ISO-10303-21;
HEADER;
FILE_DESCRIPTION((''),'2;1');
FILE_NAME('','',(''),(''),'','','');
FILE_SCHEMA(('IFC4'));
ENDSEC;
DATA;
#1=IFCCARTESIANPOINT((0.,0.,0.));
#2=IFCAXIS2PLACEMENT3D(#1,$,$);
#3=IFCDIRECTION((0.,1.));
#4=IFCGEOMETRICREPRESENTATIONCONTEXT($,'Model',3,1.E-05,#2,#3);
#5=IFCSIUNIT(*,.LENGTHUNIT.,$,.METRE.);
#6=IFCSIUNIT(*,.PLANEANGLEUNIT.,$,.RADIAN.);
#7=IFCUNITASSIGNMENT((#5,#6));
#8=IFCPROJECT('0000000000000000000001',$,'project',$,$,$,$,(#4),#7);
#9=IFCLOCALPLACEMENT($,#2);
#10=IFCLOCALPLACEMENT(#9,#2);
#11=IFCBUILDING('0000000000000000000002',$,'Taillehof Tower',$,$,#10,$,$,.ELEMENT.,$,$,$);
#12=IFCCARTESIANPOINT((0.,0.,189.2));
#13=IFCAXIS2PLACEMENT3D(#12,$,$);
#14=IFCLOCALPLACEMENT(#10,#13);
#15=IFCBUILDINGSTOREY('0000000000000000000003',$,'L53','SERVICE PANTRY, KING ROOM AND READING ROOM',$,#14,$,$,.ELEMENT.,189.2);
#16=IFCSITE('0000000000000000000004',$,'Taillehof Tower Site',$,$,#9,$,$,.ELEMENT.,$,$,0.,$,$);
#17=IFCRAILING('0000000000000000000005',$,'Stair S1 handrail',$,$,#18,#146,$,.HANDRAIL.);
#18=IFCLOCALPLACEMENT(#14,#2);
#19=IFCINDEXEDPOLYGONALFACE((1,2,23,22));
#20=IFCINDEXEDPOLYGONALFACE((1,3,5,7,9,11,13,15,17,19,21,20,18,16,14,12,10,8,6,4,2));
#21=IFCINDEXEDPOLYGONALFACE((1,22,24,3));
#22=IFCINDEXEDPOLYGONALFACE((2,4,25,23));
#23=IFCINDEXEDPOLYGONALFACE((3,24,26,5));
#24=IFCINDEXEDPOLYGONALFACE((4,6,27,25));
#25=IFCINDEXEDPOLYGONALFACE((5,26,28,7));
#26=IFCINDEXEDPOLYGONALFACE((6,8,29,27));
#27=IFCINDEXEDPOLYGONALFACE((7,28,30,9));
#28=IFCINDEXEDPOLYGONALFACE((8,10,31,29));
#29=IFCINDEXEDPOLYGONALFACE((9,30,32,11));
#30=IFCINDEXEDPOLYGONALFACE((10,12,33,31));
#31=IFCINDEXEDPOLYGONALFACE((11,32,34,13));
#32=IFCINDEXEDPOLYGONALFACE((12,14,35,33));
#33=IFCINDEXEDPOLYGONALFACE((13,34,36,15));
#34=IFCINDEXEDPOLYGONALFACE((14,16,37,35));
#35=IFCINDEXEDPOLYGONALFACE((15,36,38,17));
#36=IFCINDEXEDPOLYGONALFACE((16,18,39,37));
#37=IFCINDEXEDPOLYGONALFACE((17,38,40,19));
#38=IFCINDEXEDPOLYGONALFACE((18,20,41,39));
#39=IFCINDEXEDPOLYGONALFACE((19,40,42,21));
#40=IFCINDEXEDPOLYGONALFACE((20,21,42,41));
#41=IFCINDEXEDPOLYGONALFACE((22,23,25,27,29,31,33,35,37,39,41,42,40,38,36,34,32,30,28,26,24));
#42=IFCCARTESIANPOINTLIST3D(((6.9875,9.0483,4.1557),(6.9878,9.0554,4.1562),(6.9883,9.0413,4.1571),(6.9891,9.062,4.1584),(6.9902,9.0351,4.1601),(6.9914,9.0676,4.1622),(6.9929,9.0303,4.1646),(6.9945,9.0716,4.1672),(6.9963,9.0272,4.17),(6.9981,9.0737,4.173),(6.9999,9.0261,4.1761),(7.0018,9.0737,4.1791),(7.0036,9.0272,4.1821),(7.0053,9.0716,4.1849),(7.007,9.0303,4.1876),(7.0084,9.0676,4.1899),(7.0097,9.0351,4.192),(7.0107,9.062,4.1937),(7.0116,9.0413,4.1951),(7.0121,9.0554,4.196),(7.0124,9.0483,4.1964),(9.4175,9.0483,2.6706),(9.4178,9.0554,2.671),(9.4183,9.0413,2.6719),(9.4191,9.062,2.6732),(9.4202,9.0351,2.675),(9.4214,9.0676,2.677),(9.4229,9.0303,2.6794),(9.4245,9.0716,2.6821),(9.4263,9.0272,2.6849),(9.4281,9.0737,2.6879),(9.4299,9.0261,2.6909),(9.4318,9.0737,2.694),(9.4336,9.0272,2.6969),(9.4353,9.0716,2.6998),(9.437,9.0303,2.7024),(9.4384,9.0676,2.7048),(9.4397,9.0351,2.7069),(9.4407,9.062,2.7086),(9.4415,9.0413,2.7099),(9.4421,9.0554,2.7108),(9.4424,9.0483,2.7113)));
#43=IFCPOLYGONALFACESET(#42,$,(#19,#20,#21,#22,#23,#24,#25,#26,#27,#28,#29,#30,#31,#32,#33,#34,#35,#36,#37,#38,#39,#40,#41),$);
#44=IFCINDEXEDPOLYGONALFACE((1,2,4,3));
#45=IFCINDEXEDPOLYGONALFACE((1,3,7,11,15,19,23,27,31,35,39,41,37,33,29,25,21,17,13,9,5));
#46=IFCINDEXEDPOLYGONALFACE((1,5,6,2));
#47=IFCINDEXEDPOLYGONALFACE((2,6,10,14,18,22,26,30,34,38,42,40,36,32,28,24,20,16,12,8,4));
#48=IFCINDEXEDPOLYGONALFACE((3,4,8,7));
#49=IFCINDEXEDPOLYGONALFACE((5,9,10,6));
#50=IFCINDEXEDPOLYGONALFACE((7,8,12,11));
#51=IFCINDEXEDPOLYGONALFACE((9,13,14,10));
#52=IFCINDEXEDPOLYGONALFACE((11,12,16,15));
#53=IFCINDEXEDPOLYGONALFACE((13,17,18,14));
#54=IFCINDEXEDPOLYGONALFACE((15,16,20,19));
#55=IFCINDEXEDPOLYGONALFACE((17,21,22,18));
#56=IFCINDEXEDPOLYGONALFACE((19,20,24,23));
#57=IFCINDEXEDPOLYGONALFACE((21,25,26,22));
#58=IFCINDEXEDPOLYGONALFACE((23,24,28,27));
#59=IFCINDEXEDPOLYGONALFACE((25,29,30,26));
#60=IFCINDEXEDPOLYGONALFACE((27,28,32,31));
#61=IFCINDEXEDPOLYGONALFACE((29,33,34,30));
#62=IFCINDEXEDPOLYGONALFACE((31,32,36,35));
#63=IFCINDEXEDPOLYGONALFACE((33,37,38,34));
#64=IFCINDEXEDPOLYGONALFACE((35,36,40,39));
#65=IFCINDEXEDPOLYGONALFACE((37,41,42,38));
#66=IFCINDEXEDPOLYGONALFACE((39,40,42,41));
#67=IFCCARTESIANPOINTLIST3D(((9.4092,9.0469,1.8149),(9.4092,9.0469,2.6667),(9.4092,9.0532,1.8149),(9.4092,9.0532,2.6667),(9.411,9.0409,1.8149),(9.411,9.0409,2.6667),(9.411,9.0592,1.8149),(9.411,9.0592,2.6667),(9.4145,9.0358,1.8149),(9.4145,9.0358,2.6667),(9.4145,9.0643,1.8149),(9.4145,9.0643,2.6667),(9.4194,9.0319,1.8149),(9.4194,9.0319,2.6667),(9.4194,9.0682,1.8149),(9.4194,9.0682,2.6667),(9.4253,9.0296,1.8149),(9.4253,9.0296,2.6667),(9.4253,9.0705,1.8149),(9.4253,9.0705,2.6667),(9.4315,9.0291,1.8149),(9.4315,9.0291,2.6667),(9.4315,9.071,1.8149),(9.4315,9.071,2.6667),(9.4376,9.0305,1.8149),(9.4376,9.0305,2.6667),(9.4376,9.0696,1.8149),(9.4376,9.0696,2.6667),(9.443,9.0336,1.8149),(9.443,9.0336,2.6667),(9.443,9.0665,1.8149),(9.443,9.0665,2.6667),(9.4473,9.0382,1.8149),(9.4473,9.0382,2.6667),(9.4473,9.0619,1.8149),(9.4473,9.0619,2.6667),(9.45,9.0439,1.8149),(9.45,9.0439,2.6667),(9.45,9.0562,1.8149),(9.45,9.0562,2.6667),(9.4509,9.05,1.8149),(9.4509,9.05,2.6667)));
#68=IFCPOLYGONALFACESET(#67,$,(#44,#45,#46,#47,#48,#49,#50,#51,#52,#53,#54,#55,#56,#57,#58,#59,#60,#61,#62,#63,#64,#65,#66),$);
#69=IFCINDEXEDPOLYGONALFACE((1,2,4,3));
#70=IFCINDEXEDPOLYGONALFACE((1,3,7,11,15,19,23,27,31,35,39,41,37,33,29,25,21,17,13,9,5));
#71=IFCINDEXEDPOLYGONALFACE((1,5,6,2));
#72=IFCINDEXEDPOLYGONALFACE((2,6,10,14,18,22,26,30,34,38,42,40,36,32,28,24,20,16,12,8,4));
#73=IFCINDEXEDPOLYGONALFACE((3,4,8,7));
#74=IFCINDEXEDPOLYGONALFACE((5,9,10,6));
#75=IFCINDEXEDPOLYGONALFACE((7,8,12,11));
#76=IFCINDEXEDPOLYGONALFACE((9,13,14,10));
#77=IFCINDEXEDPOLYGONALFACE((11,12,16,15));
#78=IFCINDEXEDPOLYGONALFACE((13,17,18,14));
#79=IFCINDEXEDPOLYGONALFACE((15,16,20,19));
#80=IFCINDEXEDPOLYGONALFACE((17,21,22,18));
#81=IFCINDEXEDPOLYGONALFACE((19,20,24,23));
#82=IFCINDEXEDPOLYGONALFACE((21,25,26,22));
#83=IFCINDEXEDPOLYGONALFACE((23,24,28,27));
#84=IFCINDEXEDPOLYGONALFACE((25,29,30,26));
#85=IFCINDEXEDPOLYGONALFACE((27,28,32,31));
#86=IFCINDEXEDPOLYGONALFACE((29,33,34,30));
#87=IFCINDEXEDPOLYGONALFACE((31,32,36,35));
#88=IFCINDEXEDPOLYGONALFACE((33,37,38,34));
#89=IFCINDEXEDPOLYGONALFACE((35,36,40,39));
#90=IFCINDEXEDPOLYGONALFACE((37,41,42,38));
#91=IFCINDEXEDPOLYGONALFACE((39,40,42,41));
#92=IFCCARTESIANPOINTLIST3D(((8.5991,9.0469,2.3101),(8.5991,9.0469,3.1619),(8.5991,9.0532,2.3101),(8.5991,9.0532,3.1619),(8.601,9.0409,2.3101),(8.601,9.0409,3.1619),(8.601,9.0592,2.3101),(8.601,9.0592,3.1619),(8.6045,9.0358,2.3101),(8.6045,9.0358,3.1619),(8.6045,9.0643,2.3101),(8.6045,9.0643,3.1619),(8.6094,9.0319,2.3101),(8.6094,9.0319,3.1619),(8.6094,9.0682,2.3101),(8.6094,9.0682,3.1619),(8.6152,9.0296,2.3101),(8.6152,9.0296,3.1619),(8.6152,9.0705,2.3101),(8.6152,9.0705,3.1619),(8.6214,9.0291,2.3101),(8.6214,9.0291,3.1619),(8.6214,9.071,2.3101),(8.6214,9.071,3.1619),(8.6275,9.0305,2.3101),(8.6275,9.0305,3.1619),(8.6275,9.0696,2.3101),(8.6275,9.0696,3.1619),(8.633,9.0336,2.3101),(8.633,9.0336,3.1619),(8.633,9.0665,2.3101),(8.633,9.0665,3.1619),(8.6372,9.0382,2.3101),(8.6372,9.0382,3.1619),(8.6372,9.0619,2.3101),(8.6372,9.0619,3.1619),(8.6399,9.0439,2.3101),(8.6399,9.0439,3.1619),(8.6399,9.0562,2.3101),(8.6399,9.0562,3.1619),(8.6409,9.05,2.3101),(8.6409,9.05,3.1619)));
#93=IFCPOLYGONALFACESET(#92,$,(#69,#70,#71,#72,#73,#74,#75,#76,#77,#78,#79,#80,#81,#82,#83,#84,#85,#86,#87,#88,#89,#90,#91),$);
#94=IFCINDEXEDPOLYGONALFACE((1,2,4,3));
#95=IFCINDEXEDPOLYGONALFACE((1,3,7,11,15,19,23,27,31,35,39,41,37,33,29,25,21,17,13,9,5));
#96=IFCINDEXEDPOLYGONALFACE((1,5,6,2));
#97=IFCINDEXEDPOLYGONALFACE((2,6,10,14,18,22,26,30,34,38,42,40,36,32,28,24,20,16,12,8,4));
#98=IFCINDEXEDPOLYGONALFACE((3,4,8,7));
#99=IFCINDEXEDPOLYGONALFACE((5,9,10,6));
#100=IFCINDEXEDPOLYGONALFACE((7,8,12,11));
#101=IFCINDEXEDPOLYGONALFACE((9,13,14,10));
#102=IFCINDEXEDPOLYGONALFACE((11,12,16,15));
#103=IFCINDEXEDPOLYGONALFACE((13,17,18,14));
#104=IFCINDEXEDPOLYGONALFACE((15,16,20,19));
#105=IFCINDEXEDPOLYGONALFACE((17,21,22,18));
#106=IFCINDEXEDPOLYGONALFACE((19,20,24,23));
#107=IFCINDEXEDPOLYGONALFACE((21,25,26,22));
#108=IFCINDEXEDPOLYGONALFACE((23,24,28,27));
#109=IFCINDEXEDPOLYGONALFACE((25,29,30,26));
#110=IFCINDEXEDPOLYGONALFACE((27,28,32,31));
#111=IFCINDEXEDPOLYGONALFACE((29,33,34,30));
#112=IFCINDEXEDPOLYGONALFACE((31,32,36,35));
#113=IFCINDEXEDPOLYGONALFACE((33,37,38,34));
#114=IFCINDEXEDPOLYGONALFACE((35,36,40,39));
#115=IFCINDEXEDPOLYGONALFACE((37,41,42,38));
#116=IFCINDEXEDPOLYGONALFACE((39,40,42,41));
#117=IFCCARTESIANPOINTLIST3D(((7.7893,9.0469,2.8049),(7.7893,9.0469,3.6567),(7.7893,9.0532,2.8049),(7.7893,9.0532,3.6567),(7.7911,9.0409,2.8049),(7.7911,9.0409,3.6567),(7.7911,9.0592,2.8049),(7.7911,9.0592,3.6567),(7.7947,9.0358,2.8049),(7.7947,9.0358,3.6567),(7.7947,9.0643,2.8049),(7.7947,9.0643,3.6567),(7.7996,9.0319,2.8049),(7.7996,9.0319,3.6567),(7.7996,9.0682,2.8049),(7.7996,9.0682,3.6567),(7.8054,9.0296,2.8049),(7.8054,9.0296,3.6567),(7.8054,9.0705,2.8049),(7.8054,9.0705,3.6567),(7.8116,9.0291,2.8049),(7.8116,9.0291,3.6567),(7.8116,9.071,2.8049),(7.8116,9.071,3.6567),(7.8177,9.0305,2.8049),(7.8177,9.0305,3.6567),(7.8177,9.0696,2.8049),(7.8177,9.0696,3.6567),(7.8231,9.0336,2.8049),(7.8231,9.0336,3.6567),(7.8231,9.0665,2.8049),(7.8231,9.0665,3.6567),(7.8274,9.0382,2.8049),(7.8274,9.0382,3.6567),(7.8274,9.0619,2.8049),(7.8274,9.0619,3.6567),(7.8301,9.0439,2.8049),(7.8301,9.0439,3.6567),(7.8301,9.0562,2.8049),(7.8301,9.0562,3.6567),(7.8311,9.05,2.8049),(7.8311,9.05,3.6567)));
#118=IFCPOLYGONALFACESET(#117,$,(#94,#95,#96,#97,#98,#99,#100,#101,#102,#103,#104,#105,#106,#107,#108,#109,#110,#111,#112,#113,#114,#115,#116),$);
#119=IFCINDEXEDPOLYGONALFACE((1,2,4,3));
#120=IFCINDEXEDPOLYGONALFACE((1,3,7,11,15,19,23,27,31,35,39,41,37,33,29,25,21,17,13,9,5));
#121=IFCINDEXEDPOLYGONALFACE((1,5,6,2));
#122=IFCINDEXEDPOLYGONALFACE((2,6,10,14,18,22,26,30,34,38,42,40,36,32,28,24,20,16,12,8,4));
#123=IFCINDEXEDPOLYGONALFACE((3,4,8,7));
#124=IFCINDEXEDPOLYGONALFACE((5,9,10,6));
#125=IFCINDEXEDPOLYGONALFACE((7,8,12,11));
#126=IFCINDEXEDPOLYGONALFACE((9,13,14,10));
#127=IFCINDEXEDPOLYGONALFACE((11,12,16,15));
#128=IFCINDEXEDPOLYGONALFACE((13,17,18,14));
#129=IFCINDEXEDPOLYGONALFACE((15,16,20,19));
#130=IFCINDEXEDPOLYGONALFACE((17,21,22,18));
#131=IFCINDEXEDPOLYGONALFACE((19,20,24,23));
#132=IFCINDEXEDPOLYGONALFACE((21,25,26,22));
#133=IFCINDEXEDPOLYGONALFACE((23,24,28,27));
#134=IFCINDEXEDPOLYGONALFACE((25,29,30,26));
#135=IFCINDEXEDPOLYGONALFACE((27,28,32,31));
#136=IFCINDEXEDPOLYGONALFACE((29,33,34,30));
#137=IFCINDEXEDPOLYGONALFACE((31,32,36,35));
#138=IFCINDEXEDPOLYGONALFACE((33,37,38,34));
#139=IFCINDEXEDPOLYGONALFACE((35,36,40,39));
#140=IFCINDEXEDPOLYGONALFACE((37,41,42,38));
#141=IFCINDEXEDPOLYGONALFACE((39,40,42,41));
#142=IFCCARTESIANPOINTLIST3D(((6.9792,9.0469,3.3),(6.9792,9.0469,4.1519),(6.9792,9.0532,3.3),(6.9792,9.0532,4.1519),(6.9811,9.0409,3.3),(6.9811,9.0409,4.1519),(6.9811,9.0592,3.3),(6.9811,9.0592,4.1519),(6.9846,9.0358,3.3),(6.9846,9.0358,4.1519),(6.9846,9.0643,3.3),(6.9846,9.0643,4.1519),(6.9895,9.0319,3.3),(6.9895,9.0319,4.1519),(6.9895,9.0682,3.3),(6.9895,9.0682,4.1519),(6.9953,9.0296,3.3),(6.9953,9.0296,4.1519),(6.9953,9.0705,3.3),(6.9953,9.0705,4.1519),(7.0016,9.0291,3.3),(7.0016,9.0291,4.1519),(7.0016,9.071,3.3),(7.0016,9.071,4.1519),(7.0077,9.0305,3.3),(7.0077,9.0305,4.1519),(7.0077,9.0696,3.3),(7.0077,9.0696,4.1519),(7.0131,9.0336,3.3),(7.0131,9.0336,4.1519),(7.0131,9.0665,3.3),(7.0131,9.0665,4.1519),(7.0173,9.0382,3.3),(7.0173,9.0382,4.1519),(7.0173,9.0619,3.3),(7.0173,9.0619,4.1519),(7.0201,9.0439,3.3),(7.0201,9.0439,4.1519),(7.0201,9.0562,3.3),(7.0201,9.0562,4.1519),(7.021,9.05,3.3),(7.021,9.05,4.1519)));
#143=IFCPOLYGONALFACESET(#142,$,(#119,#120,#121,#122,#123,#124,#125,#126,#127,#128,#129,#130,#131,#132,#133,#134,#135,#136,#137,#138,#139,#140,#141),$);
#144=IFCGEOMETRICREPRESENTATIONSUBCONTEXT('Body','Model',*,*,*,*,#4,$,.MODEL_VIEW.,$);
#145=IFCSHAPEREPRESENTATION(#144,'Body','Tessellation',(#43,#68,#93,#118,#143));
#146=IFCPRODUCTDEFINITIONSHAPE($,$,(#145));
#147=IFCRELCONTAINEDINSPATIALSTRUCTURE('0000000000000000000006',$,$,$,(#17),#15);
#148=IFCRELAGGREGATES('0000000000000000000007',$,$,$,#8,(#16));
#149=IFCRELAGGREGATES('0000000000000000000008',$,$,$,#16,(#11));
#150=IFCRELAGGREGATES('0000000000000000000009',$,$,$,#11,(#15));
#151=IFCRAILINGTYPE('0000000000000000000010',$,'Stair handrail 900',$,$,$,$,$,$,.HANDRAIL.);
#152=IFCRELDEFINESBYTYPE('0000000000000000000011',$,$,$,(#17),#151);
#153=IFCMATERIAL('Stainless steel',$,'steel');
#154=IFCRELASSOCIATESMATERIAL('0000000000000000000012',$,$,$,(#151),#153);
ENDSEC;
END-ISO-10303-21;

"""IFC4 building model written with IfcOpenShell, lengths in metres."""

from ifc_helpers import new_model, si_unit, direction, frame, origin, origin_2d, place, context, subcontext, project, spatial, circle, extrude, material, type_object, element, save


model = new_model("IFC4")

# Units and contexts
model_context = context("Model", 3, precision=1e-05, world=origin(), true_north=direction((0.0, 1.0)))
body_context = subcontext(model_context, "Body", "Model", "MODEL_VIEW")
ifc_project = project(units=[si_unit("LENGTHUNIT", "METRE"), si_unit("PLANEANGLEUNIT", "RADIAN")], contexts=[model_context])

# Site, building, storey
site_placement = place(None, origin())
site = spatial("IfcSite", under=ifc_project, at=site_placement, Name="Taillehof Tower Site", CompositionType="ELEMENT", RefElevation=0.0)
building_placement = place(site_placement, origin())
building = spatial("IfcBuilding", under=site, at=building_placement, Name="Taillehof Tower", CompositionType="ELEMENT")
storey_placement = place(building_placement, frame((0.0, 0.0, 189.2)))
storey = spatial("IfcBuildingStorey", under=building, at=storey_placement, Name="L53", Description="SERVICE PANTRY, KING ROOM AND READING ROOM", CompositionType="ELEMENT", Elevation=189.2)

# Railing
ifc_material_1 = material(Name="Stainless steel", Category="steel")
railing_type = type_object("IfcRailingType", Name="Stair handrail 900", PredefinedType="HANDRAIL", material=ifc_material_1)
railing_1_placement = place(storey_placement, frame((9.4299, 9.05, 1.8149)))
element("IfcRailing", 1, at=railing_1_placement, inside=storey, type_object=railing_type, Name="Stair S1 handrail", PredefinedType="HANDRAIL", context=body_context, shape_type="SweptSolid", body=[
    extrude(circle(Radius=0.0239, at=origin_2d()), frame((0.0, 0.0, 0.876), z_axis=(-0.853259, 0.0, 0.521488), x_axis=(0.0, -1.0, 0.0)), (0.0, 0.0, 1.0), 2.8479),
    extrude(circle(Radius=0.021, at=origin_2d()), origin(), (0.0, 0.0, 1.0), 0.8518),
    extrude(circle(Radius=0.021, at=origin_2d()), frame((-0.8101, 0.0, 0.4951)), (0.0, 0.0, 1.0), 0.8518),
    extrude(circle(Radius=0.021, at=origin_2d()), frame((-1.6199, 0.0, 0.99)), (0.0, 0.0, 1.0), 0.8518),
    extrude(circle(Radius=0.021, at=origin_2d()), frame((-2.4299, 0.0, 1.4851)), (0.0, 0.0, 1.0), 0.8518),
])

save(model, "model.ifc")
